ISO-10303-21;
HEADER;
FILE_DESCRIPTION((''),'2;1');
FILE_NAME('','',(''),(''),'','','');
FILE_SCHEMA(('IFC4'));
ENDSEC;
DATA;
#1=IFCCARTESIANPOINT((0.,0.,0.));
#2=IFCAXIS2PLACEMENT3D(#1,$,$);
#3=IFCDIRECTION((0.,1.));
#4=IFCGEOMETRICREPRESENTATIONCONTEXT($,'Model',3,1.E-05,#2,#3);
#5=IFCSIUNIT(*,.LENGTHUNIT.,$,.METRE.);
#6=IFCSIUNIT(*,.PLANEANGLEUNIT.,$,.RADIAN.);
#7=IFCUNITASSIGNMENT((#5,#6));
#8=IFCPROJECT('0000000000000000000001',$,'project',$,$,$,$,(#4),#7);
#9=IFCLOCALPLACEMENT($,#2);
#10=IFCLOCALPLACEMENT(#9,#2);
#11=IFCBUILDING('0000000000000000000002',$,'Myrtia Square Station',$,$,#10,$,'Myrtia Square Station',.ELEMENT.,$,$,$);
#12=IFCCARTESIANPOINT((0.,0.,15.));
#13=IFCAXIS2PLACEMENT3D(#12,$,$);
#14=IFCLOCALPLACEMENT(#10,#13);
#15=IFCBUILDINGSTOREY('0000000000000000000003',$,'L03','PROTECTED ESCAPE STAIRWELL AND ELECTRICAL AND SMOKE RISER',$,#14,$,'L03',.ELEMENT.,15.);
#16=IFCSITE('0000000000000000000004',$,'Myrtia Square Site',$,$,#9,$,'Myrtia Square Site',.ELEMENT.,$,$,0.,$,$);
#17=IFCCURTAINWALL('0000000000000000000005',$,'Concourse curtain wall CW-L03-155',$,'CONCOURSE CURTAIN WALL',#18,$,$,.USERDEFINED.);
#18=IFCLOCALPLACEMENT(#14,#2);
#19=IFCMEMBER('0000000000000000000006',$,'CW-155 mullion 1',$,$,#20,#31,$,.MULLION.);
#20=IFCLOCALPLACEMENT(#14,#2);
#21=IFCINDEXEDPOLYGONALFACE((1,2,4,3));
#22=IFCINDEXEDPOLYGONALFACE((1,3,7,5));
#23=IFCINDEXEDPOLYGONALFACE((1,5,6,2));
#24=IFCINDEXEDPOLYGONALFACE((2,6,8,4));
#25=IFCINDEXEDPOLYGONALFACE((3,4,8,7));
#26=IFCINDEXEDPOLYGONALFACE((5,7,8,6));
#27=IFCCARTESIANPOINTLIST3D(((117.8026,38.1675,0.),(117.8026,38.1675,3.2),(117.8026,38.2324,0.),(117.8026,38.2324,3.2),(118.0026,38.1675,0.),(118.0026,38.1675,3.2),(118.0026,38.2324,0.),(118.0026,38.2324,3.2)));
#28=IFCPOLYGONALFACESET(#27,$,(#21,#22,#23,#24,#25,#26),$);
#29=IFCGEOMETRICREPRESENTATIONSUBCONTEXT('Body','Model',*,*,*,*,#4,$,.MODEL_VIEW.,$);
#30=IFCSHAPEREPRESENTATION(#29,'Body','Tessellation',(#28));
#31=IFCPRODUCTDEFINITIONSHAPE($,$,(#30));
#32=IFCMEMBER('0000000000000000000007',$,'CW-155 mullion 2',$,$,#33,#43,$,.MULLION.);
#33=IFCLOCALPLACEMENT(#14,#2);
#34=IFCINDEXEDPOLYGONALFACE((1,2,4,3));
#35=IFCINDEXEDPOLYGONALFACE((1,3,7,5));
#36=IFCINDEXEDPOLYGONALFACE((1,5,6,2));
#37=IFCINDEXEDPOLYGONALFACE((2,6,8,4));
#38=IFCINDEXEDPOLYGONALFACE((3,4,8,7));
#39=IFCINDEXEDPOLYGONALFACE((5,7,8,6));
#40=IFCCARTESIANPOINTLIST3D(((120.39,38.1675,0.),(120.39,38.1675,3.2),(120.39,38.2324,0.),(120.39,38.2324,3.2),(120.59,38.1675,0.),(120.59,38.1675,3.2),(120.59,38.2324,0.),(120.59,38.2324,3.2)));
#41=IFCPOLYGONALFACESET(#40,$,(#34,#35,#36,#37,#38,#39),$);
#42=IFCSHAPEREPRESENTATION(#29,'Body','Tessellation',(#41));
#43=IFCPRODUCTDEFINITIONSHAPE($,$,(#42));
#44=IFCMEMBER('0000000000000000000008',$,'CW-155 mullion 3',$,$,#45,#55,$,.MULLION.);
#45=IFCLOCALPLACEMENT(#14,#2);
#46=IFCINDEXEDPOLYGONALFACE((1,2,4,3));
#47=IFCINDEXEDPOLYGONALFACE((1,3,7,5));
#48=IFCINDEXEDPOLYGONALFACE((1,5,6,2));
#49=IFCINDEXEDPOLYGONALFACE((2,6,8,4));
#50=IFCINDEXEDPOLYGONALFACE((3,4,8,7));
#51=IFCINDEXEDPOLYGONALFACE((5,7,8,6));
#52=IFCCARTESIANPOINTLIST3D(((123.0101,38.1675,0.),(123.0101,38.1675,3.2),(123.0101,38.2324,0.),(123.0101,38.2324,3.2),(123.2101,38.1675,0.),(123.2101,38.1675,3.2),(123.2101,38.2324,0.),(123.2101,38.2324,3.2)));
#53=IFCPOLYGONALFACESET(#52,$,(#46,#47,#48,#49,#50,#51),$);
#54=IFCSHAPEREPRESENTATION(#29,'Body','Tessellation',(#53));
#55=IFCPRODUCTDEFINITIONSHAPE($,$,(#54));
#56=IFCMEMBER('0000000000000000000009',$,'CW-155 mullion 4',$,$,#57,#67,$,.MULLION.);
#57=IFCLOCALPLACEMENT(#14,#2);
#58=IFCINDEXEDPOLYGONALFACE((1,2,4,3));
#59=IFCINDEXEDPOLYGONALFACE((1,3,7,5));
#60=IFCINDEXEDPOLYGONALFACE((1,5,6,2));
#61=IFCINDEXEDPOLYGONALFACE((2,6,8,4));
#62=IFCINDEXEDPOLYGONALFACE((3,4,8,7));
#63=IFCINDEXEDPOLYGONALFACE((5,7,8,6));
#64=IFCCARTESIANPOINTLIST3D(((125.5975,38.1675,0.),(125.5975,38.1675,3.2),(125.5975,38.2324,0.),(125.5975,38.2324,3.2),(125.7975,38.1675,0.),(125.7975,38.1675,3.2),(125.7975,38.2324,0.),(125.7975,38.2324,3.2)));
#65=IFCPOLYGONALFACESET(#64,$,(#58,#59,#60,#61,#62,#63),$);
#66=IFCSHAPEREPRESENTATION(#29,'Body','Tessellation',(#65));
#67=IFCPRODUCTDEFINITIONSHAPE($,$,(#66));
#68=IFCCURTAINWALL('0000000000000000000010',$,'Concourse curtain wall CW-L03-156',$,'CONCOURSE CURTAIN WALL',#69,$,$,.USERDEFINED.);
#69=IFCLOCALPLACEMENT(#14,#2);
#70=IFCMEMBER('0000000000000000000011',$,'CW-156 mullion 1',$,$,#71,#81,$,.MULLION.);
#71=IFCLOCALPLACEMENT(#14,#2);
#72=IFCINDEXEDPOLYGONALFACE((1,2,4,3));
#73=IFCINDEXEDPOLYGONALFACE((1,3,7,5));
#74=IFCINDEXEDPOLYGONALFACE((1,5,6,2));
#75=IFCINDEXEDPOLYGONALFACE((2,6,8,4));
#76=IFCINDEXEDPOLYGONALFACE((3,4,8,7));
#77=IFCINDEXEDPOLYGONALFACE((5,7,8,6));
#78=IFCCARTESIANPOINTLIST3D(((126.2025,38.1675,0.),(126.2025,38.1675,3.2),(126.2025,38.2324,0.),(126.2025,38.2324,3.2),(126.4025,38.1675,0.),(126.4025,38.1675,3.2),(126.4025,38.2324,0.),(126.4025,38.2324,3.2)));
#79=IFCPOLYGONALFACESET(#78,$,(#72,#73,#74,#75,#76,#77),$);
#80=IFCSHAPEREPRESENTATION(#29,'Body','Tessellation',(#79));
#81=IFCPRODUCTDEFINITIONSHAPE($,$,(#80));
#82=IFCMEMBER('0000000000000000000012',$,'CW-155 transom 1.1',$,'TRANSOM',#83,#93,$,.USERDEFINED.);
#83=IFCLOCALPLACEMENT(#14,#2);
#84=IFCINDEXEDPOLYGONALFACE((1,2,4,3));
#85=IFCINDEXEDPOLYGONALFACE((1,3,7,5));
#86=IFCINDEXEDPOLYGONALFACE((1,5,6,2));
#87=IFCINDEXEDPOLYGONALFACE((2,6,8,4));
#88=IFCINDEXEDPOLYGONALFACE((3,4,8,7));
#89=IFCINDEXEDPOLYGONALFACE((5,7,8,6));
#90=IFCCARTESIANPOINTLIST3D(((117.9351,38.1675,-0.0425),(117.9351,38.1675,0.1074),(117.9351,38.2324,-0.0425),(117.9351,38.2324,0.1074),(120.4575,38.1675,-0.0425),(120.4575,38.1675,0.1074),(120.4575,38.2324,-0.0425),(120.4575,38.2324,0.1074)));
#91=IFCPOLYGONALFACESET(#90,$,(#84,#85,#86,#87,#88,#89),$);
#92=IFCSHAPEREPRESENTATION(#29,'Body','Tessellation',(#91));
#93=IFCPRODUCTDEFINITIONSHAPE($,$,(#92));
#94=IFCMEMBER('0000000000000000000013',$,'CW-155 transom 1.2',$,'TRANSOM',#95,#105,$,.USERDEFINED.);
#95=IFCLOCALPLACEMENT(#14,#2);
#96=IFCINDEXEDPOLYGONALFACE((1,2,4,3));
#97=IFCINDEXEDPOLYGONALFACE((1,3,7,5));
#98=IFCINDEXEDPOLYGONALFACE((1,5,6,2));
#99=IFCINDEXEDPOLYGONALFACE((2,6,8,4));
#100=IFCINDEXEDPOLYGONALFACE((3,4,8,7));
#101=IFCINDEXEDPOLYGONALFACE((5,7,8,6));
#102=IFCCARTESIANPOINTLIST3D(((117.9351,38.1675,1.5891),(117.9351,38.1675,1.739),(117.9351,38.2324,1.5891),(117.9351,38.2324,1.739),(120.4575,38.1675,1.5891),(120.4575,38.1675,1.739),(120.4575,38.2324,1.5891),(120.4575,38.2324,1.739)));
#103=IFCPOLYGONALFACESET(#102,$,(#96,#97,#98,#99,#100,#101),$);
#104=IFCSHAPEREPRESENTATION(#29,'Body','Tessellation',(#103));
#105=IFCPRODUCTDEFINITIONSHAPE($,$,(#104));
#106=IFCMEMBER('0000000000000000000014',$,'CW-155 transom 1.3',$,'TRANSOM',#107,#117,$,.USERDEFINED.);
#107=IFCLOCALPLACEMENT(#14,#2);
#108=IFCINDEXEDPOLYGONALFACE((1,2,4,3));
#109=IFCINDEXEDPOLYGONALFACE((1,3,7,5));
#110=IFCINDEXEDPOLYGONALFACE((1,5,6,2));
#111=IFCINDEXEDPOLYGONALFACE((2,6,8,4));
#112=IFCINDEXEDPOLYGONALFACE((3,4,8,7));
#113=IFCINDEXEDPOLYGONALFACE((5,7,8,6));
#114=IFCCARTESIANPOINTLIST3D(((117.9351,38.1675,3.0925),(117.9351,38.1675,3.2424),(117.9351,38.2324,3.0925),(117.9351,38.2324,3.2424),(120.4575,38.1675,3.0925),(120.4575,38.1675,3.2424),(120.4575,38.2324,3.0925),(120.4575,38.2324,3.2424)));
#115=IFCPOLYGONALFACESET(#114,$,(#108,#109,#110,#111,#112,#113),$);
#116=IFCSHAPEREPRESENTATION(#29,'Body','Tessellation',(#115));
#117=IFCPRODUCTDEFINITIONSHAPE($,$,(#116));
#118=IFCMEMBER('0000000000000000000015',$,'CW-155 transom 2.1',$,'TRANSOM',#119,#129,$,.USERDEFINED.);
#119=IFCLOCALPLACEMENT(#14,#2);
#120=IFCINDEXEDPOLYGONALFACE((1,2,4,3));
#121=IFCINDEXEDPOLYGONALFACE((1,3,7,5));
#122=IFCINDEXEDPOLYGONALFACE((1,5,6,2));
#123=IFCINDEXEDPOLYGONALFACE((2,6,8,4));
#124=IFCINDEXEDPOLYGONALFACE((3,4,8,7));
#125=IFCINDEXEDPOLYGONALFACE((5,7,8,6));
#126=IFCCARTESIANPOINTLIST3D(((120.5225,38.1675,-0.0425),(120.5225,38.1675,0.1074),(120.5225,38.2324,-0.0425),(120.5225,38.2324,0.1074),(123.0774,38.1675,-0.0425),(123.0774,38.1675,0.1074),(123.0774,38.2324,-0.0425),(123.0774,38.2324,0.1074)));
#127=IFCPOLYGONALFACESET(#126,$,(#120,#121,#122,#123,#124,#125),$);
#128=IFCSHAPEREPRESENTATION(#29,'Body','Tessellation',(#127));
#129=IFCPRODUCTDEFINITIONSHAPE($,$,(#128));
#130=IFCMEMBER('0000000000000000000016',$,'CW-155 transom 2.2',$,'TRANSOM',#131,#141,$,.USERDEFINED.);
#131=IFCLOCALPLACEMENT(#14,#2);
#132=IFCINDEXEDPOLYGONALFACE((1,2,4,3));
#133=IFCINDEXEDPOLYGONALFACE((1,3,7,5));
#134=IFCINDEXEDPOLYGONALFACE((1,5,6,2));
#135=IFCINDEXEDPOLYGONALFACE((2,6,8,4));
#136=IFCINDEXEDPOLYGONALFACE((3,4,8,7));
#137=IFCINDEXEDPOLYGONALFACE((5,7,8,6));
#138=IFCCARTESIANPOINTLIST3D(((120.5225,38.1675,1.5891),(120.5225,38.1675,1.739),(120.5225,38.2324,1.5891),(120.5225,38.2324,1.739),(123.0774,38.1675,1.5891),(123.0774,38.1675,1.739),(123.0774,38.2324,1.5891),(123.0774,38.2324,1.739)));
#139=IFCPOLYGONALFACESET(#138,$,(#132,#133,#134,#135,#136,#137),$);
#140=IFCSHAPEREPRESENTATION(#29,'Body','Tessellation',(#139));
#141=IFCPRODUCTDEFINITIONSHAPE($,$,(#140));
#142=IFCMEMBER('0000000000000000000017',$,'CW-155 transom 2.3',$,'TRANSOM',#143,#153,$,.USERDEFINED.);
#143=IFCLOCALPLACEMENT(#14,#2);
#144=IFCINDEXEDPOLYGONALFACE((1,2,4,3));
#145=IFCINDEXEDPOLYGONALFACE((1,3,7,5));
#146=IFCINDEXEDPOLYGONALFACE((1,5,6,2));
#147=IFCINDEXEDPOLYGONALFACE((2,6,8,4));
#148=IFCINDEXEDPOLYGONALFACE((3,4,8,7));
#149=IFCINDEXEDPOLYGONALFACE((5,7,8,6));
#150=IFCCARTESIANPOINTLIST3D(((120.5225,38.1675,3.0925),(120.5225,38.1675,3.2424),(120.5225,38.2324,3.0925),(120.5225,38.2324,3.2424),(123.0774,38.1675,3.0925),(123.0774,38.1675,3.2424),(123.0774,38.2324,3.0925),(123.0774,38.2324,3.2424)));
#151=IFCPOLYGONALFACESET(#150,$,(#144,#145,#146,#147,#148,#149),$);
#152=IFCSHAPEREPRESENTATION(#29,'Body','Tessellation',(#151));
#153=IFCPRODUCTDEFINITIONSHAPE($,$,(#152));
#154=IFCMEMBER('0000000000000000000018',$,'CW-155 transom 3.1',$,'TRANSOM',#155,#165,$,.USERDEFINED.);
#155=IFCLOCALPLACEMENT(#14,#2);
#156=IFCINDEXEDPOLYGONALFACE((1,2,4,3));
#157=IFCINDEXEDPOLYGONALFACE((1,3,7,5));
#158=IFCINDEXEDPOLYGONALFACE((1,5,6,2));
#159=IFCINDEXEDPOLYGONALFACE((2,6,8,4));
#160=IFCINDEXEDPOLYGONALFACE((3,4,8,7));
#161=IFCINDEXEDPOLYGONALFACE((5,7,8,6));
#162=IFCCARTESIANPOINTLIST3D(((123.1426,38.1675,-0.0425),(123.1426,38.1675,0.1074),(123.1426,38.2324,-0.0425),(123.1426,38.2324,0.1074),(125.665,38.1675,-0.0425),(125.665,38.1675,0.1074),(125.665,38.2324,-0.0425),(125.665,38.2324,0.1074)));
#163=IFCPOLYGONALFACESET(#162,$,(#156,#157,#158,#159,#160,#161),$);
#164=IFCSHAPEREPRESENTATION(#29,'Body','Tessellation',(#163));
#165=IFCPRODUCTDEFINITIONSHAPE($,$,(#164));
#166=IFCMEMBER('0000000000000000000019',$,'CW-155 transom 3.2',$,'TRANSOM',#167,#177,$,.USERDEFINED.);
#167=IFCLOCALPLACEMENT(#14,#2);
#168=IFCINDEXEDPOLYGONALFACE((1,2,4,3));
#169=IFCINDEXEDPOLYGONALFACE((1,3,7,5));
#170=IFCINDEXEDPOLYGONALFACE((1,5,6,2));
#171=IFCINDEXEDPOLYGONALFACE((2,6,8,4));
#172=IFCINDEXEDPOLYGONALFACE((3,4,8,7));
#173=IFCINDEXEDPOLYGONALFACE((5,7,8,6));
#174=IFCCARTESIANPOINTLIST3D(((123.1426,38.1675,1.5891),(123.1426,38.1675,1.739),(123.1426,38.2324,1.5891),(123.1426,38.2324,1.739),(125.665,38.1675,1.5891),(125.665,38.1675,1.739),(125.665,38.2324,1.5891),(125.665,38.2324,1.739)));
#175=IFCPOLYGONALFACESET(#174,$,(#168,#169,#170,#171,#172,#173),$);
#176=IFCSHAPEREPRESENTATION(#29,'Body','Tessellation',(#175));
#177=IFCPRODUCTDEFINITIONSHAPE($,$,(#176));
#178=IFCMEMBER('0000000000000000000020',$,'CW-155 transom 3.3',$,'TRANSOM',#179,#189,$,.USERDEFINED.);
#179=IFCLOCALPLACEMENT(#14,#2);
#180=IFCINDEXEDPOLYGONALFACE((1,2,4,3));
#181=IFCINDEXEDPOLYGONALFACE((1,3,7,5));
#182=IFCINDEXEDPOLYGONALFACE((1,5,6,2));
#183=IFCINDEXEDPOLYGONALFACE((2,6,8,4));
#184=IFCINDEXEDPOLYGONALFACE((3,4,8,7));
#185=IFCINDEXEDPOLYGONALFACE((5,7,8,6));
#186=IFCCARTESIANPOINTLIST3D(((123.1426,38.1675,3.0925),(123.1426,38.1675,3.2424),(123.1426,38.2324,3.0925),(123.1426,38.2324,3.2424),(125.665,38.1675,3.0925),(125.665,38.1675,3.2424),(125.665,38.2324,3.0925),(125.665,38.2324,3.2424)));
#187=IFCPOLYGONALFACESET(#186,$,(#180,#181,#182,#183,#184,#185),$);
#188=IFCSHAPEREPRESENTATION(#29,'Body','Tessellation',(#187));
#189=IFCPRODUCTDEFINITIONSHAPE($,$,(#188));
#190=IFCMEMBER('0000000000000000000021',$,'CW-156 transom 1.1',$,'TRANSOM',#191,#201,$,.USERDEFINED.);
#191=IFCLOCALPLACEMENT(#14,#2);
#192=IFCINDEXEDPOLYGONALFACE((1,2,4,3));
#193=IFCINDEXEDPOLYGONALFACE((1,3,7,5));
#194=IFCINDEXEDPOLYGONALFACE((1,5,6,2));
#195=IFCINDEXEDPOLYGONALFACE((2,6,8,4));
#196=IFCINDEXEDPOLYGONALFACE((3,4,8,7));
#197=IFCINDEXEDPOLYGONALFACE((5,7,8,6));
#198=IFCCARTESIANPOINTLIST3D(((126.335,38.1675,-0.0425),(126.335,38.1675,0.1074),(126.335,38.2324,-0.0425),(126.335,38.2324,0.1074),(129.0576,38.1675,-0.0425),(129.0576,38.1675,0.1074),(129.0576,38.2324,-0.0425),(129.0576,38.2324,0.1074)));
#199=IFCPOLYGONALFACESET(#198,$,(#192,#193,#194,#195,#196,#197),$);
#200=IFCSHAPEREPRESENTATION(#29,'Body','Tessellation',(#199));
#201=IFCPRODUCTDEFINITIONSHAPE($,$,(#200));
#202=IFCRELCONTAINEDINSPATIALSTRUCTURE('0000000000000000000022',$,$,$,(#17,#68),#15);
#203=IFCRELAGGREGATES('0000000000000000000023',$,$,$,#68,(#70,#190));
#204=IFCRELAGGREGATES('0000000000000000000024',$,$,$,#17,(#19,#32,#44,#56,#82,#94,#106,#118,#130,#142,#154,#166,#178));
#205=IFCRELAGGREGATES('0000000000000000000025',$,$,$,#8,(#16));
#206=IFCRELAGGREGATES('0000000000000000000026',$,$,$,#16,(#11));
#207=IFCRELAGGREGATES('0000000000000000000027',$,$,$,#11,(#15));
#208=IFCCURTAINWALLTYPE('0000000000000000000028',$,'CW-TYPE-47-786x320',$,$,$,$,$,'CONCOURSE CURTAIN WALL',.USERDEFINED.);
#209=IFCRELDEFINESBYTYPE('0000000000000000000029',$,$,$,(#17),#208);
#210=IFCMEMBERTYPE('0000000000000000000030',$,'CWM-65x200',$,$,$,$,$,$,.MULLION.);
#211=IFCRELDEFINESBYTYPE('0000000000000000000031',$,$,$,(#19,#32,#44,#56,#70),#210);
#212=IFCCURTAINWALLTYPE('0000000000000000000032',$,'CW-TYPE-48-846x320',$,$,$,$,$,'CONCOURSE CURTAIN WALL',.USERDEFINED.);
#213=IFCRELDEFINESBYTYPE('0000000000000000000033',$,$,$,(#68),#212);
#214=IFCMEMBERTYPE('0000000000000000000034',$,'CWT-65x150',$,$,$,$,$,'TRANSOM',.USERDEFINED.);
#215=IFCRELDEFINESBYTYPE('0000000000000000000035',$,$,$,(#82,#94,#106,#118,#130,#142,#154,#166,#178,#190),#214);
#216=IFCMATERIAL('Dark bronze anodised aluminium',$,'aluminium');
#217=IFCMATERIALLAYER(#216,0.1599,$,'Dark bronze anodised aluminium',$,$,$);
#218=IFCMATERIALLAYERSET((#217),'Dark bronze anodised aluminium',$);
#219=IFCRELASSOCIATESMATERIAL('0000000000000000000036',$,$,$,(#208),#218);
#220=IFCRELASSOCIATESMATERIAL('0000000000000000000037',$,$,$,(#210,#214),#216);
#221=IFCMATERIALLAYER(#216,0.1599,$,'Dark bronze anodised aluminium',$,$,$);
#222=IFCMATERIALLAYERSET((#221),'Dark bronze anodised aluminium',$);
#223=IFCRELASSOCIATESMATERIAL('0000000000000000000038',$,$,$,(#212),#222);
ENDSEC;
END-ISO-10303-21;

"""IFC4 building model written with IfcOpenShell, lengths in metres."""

from ifc_helpers import new_model, si_unit, direction, frame, origin, origin_2d, place, context, subcontext, project, spatial, rectangle, extrude, material, layer, layer_set, material_profile, profile_set, type_object, element, aggregate, save


model = new_model("IFC4")

# Units and contexts
model_context = context("Model", 3, precision=1e-05, world=origin(), true_north=direction((0.0, 1.0)))
body_context = subcontext(model_context, "Body", "Model", "MODEL_VIEW")
ifc_project = project(units=[si_unit("LENGTHUNIT", "METRE"), si_unit("PLANEANGLEUNIT", "RADIAN")], contexts=[model_context])

# Site, building, storey
site_placement = place(None, origin())
site = spatial("IfcSite", under=ifc_project, at=site_placement, Name="Myrtia Square Site", LongName="Myrtia Square Site", CompositionType="ELEMENT", RefElevation=0.0)
building_placement = place(site_placement, origin())
building = spatial("IfcBuilding", under=site, at=building_placement, Name="Myrtia Square Station", LongName="Myrtia Square Station", CompositionType="ELEMENT")
storey_placement = place(building_placement, frame((0.0, 0.0, 15.0)))
storey = spatial("IfcBuildingStorey", under=building, at=storey_placement, Name="L03", Description="PROTECTED ESCAPE STAIRWELL AND ELECTRICAL AND SMOKE RISER", LongName="L03", CompositionType="ELEMENT", Elevation=15.0)

# Curtain wall, members
ifc_material_1 = material(Name="Dark bronze anodised aluminium", Category="aluminium")
ifc_layer_1 = layer(ifc_material_1, 0.1599, Name="Dark bronze anodised aluminium")
ifc_layer_set_1 = layer_set([ifc_layer_1], Name="Dark bronze anodised aluminium")
curtain_wall_type_1 = type_object("IfcCurtainWallType", Name="CW-TYPE-47-786x320", ElementType="CONCOURSE CURTAIN WALL", PredefinedType="USERDEFINED", material=ifc_layer_set_1)
curtain_wall_1_placement = place(storey_placement, origin())
curtain_wall_1 = element("IfcCurtainWall", 1, at=curtain_wall_1_placement, inside=storey, type_object=curtain_wall_type_1, Name="Concourse curtain wall CW-L03-155", ObjectType="CONCOURSE CURTAIN WALL", PredefinedType="USERDEFINED")
ifc_material_profile_1 = material_profile(ifc_material_1, rectangle(XDim=0.0649, YDim=0.2, at=origin_2d()), Name="ALU-M 65x200")
ifc_profile_set_1 = profile_set([ifc_material_profile_1], Name="Dark bronze anodised aluminium")
member_type_1 = type_object("IfcMemberType", Name="CWM-65x200", PredefinedType="MULLION", material=ifc_profile_set_1)
member_1_placement = place(storey_placement, frame((117.9026, 38.2, 0.0), z_axis=(0.0, 0.0, 1.0), x_axis=(0.0, 1.0, 0.0)))
member_1 = element("IfcMember", 2, at=member_1_placement, type_object=member_type_1, Name="CW-155 mullion 1", PredefinedType="MULLION", context=body_context, shape_type="SweptSolid", body=[
    extrude(rectangle(XDim=0.0649, YDim=0.2, at=origin_2d()), origin(), (0.0, 0.0, 1.0), 3.2),
])
member_2_placement = place(storey_placement, frame((120.49, 38.2, 0.0), z_axis=(0.0, 0.0, 1.0), x_axis=(0.0, 1.0, 0.0)))
member_2 = element("IfcMember", 3, at=member_2_placement, type_object=member_type_1, Name="CW-155 mullion 2", PredefinedType="MULLION", context=body_context, shape_type="SweptSolid", body=[
    extrude(rectangle(XDim=0.0649, YDim=0.2, at=origin_2d()), origin(), (0.0, 0.0, 1.0), 3.2),
])
member_3_placement = place(storey_placement, frame((123.1101, 38.2, 0.0), z_axis=(0.0, 0.0, 1.0), x_axis=(0.0, 1.0, 0.0)))
member_3 = element("IfcMember", 4, at=member_3_placement, type_object=member_type_1, Name="CW-155 mullion 3", PredefinedType="MULLION", context=body_context, shape_type="SweptSolid", body=[
    extrude(rectangle(XDim=0.0649, YDim=0.2, at=origin_2d()), origin(), (0.0, 0.0, 1.0), 3.2),
])
member_4_placement = place(storey_placement, frame((125.6975, 38.2, 0.0), z_axis=(0.0, 0.0, 1.0), x_axis=(0.0, 1.0, 0.0)))
member_4 = element("IfcMember", 5, at=member_4_placement, type_object=member_type_1, Name="CW-155 mullion 4", PredefinedType="MULLION", context=body_context, shape_type="SweptSolid", body=[
    extrude(rectangle(XDim=0.0649, YDim=0.2, at=origin_2d()), origin(), (0.0, 0.0, 1.0), 3.2),
])

# Curtain wall, member
ifc_layer_2 = layer(ifc_material_1, 0.1599, Name="Dark bronze anodised aluminium")
ifc_layer_set_2 = layer_set([ifc_layer_2], Name="Dark bronze anodised aluminium")
curtain_wall_type_2 = type_object("IfcCurtainWallType", Name="CW-TYPE-48-846x320", ElementType="CONCOURSE CURTAIN WALL", PredefinedType="USERDEFINED", material=ifc_layer_set_2)
curtain_wall_2_placement = place(storey_placement, origin())
curtain_wall_2 = element("IfcCurtainWall", 6, at=curtain_wall_2_placement, inside=storey, type_object=curtain_wall_type_2, Name="Concourse curtain wall CW-L03-156", ObjectType="CONCOURSE CURTAIN WALL", PredefinedType="USERDEFINED")
member_5_placement = place(storey_placement, frame((126.3025, 38.2, 0.0), z_axis=(0.0, 0.0, 1.0), x_axis=(0.0, 1.0, 0.0)))
member_5 = element("IfcMember", 7, at=member_5_placement, type_object=member_type_1, Name="CW-156 mullion 1", PredefinedType="MULLION", context=body_context, shape_type="SweptSolid", body=[
    extrude(rectangle(XDim=0.0649, YDim=0.2, at=origin_2d()), origin(), (0.0, 0.0, 1.0), 3.2),
])

# Members
ifc_material_profile_2 = material_profile(ifc_material_1, rectangle(XDim=0.0649, YDim=0.1499, at=origin_2d()), Name="ALU-T 65x150")
ifc_profile_set_2 = profile_set([ifc_material_profile_2], Name="Dark bronze anodised aluminium")
member_type_2 = type_object("IfcMemberType", Name="CWT-65x150", ElementType="TRANSOM", PredefinedType="USERDEFINED", material=ifc_profile_set_2)
member_6_placement = place(storey_placement, frame((117.9351, 38.2, 0.0325), z_axis=(1.0, 0.0, 0.0), x_axis=(0.0, 1.0, 0.0)))
member_6 = element("IfcMember", 8, at=member_6_placement, type_object=member_type_2, Name="CW-155 transom 1.1", ObjectType="TRANSOM", PredefinedType="USERDEFINED", context=body_context, shape_type="SweptSolid", body=[
    extrude(rectangle(XDim=0.0649, YDim=0.1499, at=origin_2d()), origin(), (0.0, 0.0, 1.0), 2.5225),
])
member_7_placement = place(storey_placement, frame((117.9351, 38.2, 1.6641), z_axis=(1.0, 0.0, 0.0), x_axis=(0.0, 1.0, 0.0)))
member_7 = element("IfcMember", 9, at=member_7_placement, type_object=member_type_2, Name="CW-155 transom 1.2", ObjectType="TRANSOM", PredefinedType="USERDEFINED", context=body_context, shape_type="SweptSolid", body=[
    extrude(rectangle(XDim=0.0649, YDim=0.1499, at=origin_2d()), origin(), (0.0, 0.0, 1.0), 2.5225),
])
member_8_placement = place(storey_placement, frame((117.9351, 38.2, 3.1675), z_axis=(1.0, 0.0, 0.0), x_axis=(0.0, 1.0, 0.0)))
member_8 = element("IfcMember", 10, at=member_8_placement, type_object=member_type_2, Name="CW-155 transom 1.3", ObjectType="TRANSOM", PredefinedType="USERDEFINED", context=body_context, shape_type="SweptSolid", body=[
    extrude(rectangle(XDim=0.0649, YDim=0.1499, at=origin_2d()), origin(), (0.0, 0.0, 1.0), 2.5225),
])
member_9_placement = place(storey_placement, frame((120.5225, 38.2, 0.0325), z_axis=(1.0, 0.0, 0.0), x_axis=(0.0, 1.0, 0.0)))
member_9 = element("IfcMember", 11, at=member_9_placement, type_object=member_type_2, Name="CW-155 transom 2.1", ObjectType="TRANSOM", PredefinedType="USERDEFINED", context=body_context, shape_type="SweptSolid", body=[
    extrude(rectangle(XDim=0.0649, YDim=0.1499, at=origin_2d()), origin(), (0.0, 0.0, 1.0), 2.5549),
])
member_10_placement = place(storey_placement, frame((120.5225, 38.2, 1.6641), z_axis=(1.0, 0.0, 0.0), x_axis=(0.0, 1.0, 0.0)))
member_10 = element("IfcMember", 12, at=member_10_placement, type_object=member_type_2, Name="CW-155 transom 2.2", ObjectType="TRANSOM", PredefinedType="USERDEFINED", context=body_context, shape_type="SweptSolid", body=[
    extrude(rectangle(XDim=0.0649, YDim=0.1499, at=origin_2d()), origin(), (0.0, 0.0, 1.0), 2.5549),
])
member_11_placement = place(storey_placement, frame((120.5225, 38.2, 3.1675), z_axis=(1.0, 0.0, 0.0), x_axis=(0.0, 1.0, 0.0)))
member_11 = element("IfcMember", 13, at=member_11_placement, type_object=member_type_2, Name="CW-155 transom 2.3", ObjectType="TRANSOM", PredefinedType="USERDEFINED", context=body_context, shape_type="SweptSolid", body=[
    extrude(rectangle(XDim=0.0649, YDim=0.1499, at=origin_2d()), origin(), (0.0, 0.0, 1.0), 2.5549),
])
member_12_placement = place(storey_placement, frame((123.1426, 38.2, 0.0325), z_axis=(1.0, 0.0, 0.0), x_axis=(0.0, 1.0, 0.0)))
member_12 = element("IfcMember", 14, at=member_12_placement, type_object=member_type_2, Name="CW-155 transom 3.1", ObjectType="TRANSOM", PredefinedType="USERDEFINED", context=body_context, shape_type="SweptSolid", body=[
    extrude(rectangle(XDim=0.0649, YDim=0.1499, at=origin_2d()), origin(), (0.0, 0.0, 1.0), 2.5225),
])
member_13_placement = place(storey_placement, frame((123.1426, 38.2, 1.6641), z_axis=(1.0, 0.0, 0.0), x_axis=(0.0, 1.0, 0.0)))
member_13 = element("IfcMember", 15, at=member_13_placement, type_object=member_type_2, Name="CW-155 transom 3.2", ObjectType="TRANSOM", PredefinedType="USERDEFINED", context=body_context, shape_type="SweptSolid", body=[
    extrude(rectangle(XDim=0.0649, YDim=0.1499, at=origin_2d()), origin(), (0.0, 0.0, 1.0), 2.5225),
])
member_14_placement = place(storey_placement, frame((123.1426, 38.2, 3.1675), z_axis=(1.0, 0.0, 0.0), x_axis=(0.0, 1.0, 0.0)))
member_14 = element("IfcMember", 16, at=member_14_placement, type_object=member_type_2, Name="CW-155 transom 3.3", ObjectType="TRANSOM", PredefinedType="USERDEFINED", context=body_context, shape_type="SweptSolid", body=[
    extrude(rectangle(XDim=0.0649, YDim=0.1499, at=origin_2d()), origin(), (0.0, 0.0, 1.0), 2.5225),
])
member_15_placement = place(storey_placement, frame((126.335, 38.2, 0.0325), z_axis=(1.0, 0.0, 0.0), x_axis=(0.0, 1.0, 0.0)))
member_15 = element("IfcMember", 17, at=member_15_placement, type_object=member_type_2, Name="CW-156 transom 1.1", ObjectType="TRANSOM", PredefinedType="USERDEFINED", context=body_context, shape_type="SweptSolid", body=[
    extrude(rectangle(XDim=0.0649, YDim=0.1499, at=origin_2d()), origin(), (0.0, 0.0, 1.0), 2.7227),
])
aggregate(curtain_wall_2, [member_5, member_15])

aggregate(curtain_wall_1, [member_1, member_2, member_3, member_4, member_6, member_7, member_8, member_9, member_10, member_11, member_12, member_13, member_14])

save(model, "model.ifc")
